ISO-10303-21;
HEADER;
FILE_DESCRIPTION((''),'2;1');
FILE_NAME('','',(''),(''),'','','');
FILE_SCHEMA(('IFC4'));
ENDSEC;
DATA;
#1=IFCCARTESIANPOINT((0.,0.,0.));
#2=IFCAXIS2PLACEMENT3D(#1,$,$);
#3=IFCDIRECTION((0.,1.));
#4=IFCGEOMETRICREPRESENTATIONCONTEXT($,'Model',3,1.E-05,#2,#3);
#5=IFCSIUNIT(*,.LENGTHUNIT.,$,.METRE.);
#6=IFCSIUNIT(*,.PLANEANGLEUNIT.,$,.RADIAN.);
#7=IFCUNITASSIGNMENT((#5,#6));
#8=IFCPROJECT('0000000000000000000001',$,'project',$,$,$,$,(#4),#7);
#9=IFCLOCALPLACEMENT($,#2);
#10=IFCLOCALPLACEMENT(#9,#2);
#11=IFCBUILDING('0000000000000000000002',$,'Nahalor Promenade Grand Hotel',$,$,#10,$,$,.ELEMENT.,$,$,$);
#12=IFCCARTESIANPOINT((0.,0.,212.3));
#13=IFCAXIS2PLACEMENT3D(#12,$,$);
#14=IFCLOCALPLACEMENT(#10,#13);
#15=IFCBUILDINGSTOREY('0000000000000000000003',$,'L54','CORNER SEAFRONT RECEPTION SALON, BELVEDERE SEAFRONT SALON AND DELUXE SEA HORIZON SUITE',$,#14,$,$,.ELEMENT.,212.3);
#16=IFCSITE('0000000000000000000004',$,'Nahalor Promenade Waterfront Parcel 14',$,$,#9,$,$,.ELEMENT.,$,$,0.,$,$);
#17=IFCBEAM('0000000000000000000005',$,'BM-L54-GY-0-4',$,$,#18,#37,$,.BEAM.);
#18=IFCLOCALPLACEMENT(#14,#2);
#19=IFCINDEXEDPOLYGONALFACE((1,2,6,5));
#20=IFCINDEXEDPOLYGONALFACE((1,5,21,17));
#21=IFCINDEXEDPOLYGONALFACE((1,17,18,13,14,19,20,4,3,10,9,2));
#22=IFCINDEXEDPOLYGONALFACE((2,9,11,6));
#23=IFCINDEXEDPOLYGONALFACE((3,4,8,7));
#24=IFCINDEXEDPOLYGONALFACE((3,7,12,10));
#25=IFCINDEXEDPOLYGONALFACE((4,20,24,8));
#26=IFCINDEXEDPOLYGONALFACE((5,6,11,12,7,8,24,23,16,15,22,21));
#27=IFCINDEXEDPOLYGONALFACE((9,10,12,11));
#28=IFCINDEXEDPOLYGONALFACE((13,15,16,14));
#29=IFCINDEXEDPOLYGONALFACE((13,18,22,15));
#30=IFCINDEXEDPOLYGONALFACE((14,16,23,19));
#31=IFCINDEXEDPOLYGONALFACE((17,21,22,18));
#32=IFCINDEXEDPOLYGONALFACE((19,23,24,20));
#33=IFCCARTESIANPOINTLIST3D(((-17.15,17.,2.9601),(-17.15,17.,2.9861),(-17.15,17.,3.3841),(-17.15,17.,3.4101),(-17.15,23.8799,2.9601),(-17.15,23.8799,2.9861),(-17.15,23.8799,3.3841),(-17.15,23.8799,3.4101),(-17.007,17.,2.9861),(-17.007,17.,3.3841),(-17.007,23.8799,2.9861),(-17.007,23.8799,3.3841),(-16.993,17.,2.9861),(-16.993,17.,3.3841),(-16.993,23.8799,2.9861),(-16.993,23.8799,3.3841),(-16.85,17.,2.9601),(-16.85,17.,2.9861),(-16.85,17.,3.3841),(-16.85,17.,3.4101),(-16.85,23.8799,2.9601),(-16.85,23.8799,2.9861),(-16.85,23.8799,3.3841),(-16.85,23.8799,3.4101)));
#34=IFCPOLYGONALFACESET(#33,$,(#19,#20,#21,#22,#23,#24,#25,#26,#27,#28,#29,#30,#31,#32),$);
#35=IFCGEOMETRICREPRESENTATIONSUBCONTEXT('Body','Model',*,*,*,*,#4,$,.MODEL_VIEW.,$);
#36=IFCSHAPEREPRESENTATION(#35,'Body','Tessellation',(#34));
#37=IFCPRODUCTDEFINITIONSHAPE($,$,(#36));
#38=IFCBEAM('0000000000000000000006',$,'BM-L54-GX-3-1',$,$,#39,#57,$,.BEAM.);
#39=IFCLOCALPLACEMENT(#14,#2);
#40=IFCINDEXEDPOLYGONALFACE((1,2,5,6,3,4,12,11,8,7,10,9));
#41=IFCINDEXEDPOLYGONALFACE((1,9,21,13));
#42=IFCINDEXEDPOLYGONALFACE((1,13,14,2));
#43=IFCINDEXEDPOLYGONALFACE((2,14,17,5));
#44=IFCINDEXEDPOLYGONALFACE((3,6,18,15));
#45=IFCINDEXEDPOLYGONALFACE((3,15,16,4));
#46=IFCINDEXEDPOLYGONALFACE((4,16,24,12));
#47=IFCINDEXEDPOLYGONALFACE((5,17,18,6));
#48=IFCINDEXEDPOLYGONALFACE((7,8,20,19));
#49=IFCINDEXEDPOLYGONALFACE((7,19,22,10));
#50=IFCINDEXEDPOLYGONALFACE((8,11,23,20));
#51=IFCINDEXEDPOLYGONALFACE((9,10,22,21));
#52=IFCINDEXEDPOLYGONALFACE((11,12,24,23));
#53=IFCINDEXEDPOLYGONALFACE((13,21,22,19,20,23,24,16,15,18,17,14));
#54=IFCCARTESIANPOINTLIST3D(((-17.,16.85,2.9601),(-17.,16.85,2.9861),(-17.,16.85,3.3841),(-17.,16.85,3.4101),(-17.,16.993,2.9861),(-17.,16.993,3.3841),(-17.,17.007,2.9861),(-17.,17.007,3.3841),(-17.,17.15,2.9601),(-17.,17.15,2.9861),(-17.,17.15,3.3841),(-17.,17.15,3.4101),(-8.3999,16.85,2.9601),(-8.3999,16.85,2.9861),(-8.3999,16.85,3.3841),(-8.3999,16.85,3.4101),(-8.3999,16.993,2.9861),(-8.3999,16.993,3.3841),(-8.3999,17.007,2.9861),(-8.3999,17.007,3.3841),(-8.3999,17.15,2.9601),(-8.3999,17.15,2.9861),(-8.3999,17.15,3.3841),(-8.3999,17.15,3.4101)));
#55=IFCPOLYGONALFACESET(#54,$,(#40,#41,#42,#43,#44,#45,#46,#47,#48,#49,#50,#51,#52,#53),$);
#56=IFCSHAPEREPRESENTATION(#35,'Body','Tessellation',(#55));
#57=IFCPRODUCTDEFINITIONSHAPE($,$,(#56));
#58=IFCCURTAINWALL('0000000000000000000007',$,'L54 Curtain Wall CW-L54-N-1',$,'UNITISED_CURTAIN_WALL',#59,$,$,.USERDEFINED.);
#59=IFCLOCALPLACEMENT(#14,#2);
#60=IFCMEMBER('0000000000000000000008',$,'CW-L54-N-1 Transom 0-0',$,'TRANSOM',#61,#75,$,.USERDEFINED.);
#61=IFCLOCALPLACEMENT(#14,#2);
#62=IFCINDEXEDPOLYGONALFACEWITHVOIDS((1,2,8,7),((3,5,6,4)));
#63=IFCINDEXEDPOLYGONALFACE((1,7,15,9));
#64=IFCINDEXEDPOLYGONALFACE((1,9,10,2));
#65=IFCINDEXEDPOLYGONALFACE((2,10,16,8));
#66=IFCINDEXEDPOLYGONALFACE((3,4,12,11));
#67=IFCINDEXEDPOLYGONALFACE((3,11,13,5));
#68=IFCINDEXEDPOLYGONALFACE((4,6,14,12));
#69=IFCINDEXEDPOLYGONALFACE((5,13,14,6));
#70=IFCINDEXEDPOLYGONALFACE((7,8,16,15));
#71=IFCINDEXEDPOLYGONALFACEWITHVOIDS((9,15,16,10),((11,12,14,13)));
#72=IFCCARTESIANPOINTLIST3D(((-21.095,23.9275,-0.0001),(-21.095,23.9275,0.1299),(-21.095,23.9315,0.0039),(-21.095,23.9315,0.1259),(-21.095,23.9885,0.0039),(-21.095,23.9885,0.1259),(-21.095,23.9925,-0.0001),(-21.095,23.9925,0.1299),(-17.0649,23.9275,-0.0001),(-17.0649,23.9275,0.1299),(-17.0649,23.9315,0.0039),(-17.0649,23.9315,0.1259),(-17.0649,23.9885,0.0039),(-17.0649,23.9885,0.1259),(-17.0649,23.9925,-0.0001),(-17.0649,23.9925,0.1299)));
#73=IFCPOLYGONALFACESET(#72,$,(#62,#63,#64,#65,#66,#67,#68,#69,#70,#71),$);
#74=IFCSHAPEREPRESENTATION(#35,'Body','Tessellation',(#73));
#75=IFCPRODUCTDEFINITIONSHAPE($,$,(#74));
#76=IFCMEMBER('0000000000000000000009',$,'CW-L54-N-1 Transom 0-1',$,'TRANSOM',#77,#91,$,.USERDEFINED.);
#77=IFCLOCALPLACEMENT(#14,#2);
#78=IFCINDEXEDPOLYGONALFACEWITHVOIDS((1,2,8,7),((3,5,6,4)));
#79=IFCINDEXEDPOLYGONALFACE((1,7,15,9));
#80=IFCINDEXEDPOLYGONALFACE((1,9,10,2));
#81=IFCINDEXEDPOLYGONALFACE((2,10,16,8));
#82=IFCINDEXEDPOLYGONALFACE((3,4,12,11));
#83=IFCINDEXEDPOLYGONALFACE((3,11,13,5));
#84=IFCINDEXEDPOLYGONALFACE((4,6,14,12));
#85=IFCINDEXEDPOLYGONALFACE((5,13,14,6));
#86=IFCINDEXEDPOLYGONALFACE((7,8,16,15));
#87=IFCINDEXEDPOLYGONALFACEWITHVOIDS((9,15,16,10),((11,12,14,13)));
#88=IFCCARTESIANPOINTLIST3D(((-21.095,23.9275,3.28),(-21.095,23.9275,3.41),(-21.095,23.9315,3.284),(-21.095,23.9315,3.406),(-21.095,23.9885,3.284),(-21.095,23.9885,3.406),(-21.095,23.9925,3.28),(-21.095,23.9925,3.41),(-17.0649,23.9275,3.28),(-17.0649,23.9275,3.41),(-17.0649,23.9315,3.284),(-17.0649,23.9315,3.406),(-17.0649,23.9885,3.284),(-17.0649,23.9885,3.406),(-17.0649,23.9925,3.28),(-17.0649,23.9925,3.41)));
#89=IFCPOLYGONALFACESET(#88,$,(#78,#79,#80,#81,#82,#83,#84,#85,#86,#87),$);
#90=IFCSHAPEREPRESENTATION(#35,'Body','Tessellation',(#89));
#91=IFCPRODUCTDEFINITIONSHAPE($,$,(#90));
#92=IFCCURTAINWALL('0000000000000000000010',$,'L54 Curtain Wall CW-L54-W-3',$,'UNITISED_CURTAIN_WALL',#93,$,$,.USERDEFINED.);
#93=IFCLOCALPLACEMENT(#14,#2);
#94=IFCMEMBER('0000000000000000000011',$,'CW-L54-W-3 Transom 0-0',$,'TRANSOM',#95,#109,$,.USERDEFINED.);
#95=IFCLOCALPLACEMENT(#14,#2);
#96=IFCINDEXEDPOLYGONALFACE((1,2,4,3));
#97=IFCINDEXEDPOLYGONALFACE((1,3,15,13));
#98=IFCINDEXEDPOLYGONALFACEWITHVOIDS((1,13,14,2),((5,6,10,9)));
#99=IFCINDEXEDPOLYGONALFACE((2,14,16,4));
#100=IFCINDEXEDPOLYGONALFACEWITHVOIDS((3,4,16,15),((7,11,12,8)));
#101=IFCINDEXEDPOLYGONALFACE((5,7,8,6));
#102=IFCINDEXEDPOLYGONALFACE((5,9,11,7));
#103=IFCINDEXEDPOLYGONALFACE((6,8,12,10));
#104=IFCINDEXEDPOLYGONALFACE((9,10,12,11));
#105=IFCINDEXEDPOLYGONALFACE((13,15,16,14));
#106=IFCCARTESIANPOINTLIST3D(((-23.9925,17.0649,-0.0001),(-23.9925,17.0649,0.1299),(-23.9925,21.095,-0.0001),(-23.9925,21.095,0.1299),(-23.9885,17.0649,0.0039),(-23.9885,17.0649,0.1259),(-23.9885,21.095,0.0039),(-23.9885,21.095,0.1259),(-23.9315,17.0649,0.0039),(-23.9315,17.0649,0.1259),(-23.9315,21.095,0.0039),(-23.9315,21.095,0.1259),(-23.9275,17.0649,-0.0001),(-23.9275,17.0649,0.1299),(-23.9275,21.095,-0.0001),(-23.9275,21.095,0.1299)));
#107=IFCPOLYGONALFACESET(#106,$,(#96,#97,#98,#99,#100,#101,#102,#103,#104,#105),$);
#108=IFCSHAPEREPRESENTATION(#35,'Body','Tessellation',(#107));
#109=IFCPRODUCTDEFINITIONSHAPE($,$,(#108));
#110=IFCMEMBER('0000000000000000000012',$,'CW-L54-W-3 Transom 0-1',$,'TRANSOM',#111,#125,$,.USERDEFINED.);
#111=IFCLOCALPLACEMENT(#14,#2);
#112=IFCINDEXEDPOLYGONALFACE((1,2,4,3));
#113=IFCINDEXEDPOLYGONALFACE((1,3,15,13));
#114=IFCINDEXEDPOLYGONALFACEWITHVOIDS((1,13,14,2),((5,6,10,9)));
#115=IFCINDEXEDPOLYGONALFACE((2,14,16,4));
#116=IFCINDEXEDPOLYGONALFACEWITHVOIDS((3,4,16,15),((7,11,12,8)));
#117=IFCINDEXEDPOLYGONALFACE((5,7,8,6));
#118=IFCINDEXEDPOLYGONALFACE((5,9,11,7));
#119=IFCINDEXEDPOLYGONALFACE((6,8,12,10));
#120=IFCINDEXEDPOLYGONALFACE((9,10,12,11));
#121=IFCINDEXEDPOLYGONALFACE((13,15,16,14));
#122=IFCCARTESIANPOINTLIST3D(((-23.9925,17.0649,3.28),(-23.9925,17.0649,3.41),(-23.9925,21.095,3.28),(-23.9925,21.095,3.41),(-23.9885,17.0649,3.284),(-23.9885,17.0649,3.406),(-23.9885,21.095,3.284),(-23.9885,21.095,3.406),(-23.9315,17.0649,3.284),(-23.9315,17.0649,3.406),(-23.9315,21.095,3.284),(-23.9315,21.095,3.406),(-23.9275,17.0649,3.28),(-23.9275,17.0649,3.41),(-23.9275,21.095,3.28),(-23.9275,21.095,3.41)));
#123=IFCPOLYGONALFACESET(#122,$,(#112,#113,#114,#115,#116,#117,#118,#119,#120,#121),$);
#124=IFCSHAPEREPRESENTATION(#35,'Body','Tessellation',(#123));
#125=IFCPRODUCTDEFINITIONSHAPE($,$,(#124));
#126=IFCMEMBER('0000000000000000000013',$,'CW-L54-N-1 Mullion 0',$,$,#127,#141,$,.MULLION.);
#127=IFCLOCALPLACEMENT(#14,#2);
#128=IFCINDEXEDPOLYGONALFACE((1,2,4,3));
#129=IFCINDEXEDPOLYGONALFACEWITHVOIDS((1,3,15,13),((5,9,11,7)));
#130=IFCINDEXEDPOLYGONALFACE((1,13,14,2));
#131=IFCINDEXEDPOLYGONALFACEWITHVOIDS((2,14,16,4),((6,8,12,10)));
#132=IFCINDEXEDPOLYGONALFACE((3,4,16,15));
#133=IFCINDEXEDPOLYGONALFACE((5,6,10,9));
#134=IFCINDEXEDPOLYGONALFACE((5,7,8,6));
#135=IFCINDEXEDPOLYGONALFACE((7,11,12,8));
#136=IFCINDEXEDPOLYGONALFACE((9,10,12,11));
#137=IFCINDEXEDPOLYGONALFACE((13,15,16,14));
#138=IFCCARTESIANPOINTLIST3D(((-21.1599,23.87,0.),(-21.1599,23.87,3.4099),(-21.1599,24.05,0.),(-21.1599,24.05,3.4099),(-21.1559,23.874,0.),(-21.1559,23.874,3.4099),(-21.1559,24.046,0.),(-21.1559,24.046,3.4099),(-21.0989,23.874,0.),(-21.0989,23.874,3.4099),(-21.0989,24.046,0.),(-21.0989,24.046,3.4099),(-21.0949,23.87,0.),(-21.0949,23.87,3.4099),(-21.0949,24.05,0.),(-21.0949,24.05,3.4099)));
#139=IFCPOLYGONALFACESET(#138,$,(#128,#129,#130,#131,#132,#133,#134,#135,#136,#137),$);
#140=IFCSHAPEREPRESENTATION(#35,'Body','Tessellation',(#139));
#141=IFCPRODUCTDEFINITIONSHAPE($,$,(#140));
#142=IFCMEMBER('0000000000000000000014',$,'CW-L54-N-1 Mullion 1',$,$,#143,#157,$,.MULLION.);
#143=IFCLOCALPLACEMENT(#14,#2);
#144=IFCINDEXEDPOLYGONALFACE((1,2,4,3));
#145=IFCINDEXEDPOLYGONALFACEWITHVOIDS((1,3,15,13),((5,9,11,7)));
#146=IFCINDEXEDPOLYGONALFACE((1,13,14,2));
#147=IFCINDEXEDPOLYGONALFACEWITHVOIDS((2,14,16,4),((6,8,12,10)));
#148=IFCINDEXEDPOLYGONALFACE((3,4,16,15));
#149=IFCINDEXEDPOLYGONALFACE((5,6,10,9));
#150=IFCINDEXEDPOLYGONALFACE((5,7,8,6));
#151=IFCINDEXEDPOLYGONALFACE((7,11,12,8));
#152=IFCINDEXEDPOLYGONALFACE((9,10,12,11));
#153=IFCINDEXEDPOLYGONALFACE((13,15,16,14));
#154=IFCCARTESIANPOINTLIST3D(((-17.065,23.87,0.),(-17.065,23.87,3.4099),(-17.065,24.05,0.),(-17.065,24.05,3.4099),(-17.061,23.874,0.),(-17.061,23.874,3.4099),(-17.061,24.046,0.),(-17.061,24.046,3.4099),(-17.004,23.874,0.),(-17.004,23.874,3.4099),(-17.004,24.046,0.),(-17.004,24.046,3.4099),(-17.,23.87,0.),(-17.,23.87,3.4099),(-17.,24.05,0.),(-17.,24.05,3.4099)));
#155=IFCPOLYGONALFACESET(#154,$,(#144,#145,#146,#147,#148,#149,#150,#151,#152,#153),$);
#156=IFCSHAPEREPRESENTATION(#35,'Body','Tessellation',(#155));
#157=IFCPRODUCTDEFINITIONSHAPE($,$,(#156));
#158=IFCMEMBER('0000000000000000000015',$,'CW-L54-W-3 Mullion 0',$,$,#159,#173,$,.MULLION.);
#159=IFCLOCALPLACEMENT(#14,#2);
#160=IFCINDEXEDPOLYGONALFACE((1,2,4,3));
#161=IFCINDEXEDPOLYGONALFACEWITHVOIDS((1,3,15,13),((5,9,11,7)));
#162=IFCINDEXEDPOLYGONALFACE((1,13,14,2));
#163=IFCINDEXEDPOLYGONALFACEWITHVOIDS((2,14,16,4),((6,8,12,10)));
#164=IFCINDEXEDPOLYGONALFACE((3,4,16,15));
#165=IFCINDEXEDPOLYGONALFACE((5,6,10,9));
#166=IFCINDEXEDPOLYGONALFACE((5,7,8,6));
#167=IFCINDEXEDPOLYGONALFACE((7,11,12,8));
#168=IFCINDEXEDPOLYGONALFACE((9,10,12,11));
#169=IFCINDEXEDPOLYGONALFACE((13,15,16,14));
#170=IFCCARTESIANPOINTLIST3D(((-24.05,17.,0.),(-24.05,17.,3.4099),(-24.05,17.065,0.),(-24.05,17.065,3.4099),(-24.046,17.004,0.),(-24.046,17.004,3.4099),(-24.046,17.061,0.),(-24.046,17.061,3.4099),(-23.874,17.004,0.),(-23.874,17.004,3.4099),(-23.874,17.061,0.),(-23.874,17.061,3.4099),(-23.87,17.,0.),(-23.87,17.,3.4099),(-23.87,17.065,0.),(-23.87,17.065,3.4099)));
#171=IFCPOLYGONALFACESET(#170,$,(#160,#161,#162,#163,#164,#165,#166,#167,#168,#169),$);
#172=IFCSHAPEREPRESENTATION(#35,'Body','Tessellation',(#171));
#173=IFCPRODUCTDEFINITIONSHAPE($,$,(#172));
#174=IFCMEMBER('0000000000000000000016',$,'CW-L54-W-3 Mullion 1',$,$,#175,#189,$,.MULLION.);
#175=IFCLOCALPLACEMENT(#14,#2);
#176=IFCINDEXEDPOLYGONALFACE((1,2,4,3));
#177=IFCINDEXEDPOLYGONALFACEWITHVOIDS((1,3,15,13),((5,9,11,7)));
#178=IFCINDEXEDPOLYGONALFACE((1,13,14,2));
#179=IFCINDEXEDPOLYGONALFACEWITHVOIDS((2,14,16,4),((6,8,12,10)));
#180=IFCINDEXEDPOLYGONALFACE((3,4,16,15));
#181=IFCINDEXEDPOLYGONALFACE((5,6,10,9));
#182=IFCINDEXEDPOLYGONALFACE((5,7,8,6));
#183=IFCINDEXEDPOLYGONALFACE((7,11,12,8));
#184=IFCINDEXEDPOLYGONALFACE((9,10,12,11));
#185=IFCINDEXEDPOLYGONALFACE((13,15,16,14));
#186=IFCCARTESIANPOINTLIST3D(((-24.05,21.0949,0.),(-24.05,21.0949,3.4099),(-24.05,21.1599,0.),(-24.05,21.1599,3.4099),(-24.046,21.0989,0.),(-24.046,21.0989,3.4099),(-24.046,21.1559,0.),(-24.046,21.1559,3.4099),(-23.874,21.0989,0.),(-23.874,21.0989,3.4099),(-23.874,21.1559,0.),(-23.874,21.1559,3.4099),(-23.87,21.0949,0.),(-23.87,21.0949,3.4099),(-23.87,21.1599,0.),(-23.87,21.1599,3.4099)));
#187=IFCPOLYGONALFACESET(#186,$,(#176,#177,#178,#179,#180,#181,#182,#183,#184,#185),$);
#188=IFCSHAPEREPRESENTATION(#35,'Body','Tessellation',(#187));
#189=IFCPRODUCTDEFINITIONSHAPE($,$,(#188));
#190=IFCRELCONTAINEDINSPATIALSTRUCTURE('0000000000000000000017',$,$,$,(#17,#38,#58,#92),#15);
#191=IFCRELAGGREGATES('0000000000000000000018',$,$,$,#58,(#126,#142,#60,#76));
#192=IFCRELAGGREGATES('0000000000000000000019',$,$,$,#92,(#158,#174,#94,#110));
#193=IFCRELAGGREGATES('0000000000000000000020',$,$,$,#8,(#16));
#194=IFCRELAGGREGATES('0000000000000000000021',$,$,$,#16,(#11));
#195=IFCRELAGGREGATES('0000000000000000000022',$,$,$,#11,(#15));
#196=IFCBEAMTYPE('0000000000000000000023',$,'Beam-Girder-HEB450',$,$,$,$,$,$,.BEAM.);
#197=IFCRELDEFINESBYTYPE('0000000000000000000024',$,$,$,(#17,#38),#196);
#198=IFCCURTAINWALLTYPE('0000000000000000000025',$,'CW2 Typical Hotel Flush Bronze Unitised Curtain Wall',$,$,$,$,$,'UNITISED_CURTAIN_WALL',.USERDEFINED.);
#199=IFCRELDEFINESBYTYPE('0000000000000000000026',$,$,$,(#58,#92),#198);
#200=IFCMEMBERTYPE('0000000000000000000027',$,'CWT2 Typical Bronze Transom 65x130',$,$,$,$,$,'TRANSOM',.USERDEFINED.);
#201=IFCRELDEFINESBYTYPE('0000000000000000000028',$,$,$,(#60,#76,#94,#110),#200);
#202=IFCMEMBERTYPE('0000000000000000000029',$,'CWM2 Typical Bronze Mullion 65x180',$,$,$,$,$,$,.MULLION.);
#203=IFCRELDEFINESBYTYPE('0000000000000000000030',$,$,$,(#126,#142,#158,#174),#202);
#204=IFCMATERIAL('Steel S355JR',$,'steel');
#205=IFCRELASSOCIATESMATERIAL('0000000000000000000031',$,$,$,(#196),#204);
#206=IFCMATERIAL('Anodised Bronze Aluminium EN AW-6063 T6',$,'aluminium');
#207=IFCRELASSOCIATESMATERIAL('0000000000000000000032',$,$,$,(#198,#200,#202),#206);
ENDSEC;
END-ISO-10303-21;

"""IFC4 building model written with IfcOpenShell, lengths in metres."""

from ifc_helpers import new_model, si_unit, direction, frame, origin, origin_2d, place, context, subcontext, project, spatial, hollow_rectangle, i_section, extrude, source, transform, mapped, material, material_profile, profile_set, type_object, element, aggregate, save


model = new_model("IFC4")

# Units and contexts
model_context = context("Model", 3, precision=1e-05, world=origin(), true_north=direction((0.0, 1.0)))
body_context = subcontext(model_context, "Body", "Model", "MODEL_VIEW")
ifc_project = project(units=[si_unit("LENGTHUNIT", "METRE"), si_unit("PLANEANGLEUNIT", "RADIAN")], contexts=[model_context])

# Site, building, storey
site_placement = place(None, origin())
site = spatial("IfcSite", under=ifc_project, at=site_placement, Name="Nahalor Promenade Waterfront Parcel 14", CompositionType="ELEMENT", RefElevation=0.0)
building_placement = place(site_placement, origin())
building = spatial("IfcBuilding", under=site, at=building_placement, Name="Nahalor Promenade Grand Hotel", CompositionType="ELEMENT")
storey_placement = place(building_placement, frame((0.0, 0.0, 212.3)))
storey = spatial("IfcBuildingStorey", under=building, at=storey_placement, Name="L54", Description="CORNER SEAFRONT RECEPTION SALON, BELVEDERE SEAFRONT SALON AND DELUXE SEA HORIZON SUITE", CompositionType="ELEMENT", Elevation=212.3)

# Shared definitions
ifc_material_1 = material(Name="Steel S355JR", Category="steel")

# Beams
ifc_material_profile_1 = material_profile(ifc_material_1, i_section(OverallWidth=0.3, OverallDepth=0.45, WebThickness=0.014, FlangeThickness=0.026, at=origin_2d()), Name="HEB 450")
ifc_profile_set_1 = profile_set([ifc_material_profile_1], Name="Steel S355JR")
beam_type_1 = type_object("IfcBeamType", Name="Beam-Girder-HEB450", PredefinedType="BEAM", material=ifc_profile_set_1)
shared_shape_1 = source(origin(), body_context, "Body", "SweptSolid", [
    extrude(i_section(OverallWidth=0.3, OverallDepth=0.45, WebThickness=0.014, FlangeThickness=0.026, at=origin_2d()), origin(), (0.0, 0.0, 1.0), 6.8799),
])
beam_1_placement = place(storey_placement, frame((-17.0, 17.0, 3.1851), z_axis=(0.0, 1.0, 0.0), x_axis=(-1.0, 0.0, 0.0)))
element("IfcBeam", 1, at=beam_1_placement, inside=storey, type_object=beam_type_1, Name="BM-L54-GY-0-4", PredefinedType="BEAM", context=body_context, shape_type="MappedRepresentation", body=[
    mapped(shared_shape_1, transform((0.0, 0.0, 0.0), scale=1.0)),
])
shared_shape_2 = source(origin(), body_context, "Body", "SweptSolid", [
    extrude(i_section(OverallWidth=0.3, OverallDepth=0.45, WebThickness=0.014, FlangeThickness=0.026, at=origin_2d()), origin(), (0.0, 0.0, 1.0), 8.6001),
])
beam_2_placement = place(storey_placement, frame((-17.0, 17.0, 3.1851), z_axis=(1.0, 0.0, 0.0), x_axis=(0.0, 1.0, 0.0)))
element("IfcBeam", 2, at=beam_2_placement, inside=storey, type_object=beam_type_1, Name="BM-L54-GX-3-1", PredefinedType="BEAM", context=body_context, shape_type="MappedRepresentation", body=[
    mapped(shared_shape_2, transform((0.0, 0.0, 0.0), scale=1.0)),
])

# Curtain walls, members
ifc_material_2 = material(Name="Anodised Bronze Aluminium EN AW-6063 T6", Category="aluminium")
curtain_wall_type = type_object("IfcCurtainWallType", Name="CW2 Typical Hotel Flush Bronze Unitised Curtain Wall", ElementType="UNITISED_CURTAIN_WALL", PredefinedType="USERDEFINED", material=ifc_material_2)
curtain_wall_1_placement = place(storey_placement, origin())
curtain_wall_1 = element("IfcCurtainWall", 3, at=curtain_wall_1_placement, inside=storey, type_object=curtain_wall_type, Name="L54 Curtain Wall CW-L54-N-1", ObjectType="UNITISED_CURTAIN_WALL", PredefinedType="USERDEFINED")
ifc_material_profile_2 = material_profile(ifc_material_2, hollow_rectangle(XDim=0.065, YDim=0.13, WallThickness=0.004, at=origin_2d()), Name="CWT 65x130x4")
ifc_profile_set_2 = profile_set([ifc_material_profile_2], Name="Anodised Bronze Aluminium EN AW-6063 T6")
member_type_1 = type_object("IfcMemberType", Name="CWT2 Typical Bronze Transom 65x130", ElementType="TRANSOM", PredefinedType="USERDEFINED", material=ifc_profile_set_2)
shared_shape_3 = source(origin(), body_context, "Body", "SweptSolid", [
    extrude(hollow_rectangle(XDim=0.065, YDim=0.13, WallThickness=0.004, at=origin_2d()), origin(), (0.0, 0.0, 1.0), 4.03),
])
member_1_placement = place(storey_placement, frame((-21.095, 23.96, 0.0649), z_axis=(1.0, 0.0, 0.0), x_axis=(0.0, 1.0, 0.0)))
member_1 = element("IfcMember", 4, at=member_1_placement, type_object=member_type_1, Name="CW-L54-N-1 Transom 0-0", ObjectType="TRANSOM", PredefinedType="USERDEFINED", context=body_context, shape_type="MappedRepresentation", body=[
    mapped(shared_shape_3, transform((0.0, 0.0, 0.0), scale=1.0)),
])
member_2_placement = place(storey_placement, frame((-21.095, 23.96, 3.345), z_axis=(1.0, 0.0, 0.0), x_axis=(0.0, 1.0, 0.0)))
member_2 = element("IfcMember", 5, at=member_2_placement, type_object=member_type_1, Name="CW-L54-N-1 Transom 0-1", ObjectType="TRANSOM", PredefinedType="USERDEFINED", context=body_context, shape_type="MappedRepresentation", body=[
    mapped(shared_shape_3, transform((0.0, 0.0, 0.0), scale=1.0)),
])
curtain_wall_2_placement = place(storey_placement, origin())
curtain_wall_2 = element("IfcCurtainWall", 6, at=curtain_wall_2_placement, inside=storey, type_object=curtain_wall_type, Name="L54 Curtain Wall CW-L54-W-3", ObjectType="UNITISED_CURTAIN_WALL", PredefinedType="USERDEFINED")
member_3_placement = place(storey_placement, frame((-23.96, 17.0649, 0.0649), z_axis=(0.0, 1.0, 0.0), x_axis=(-1.0, 0.0, 0.0)))
member_3 = element("IfcMember", 7, at=member_3_placement, type_object=member_type_1, Name="CW-L54-W-3 Transom 0-0", ObjectType="TRANSOM", PredefinedType="USERDEFINED", context=body_context, shape_type="MappedRepresentation", body=[
    mapped(shared_shape_3, transform((0.0, 0.0, 0.0), scale=1.0)),
])
member_4_placement = place(storey_placement, frame((-23.96, 17.0649, 3.345), z_axis=(0.0, 1.0, 0.0), x_axis=(-1.0, 0.0, 0.0)))
member_4 = element("IfcMember", 8, at=member_4_placement, type_object=member_type_1, Name="CW-L54-W-3 Transom 0-1", ObjectType="TRANSOM", PredefinedType="USERDEFINED", context=body_context, shape_type="MappedRepresentation", body=[
    mapped(shared_shape_3, transform((0.0, 0.0, 0.0), scale=1.0)),
])

# Members
ifc_material_profile_3 = material_profile(ifc_material_2, hollow_rectangle(XDim=0.065, YDim=0.18, WallThickness=0.004, at=origin_2d()), Name="CWM 65x180x4")
ifc_profile_set_3 = profile_set([ifc_material_profile_3], Name="Anodised Bronze Aluminium EN AW-6063 T6")
member_type_2 = type_object("IfcMemberType", Name="CWM2 Typical Bronze Mullion 65x180", PredefinedType="MULLION", material=ifc_profile_set_3)
shared_shape_4 = source(origin(), body_context, "Body", "SweptSolid", [
    extrude(hollow_rectangle(XDim=0.065, YDim=0.18, WallThickness=0.004, at=origin_2d()), origin(), (0.0, 0.0, 1.0), 3.4099),
])
member_5_placement = place(storey_placement, frame((-21.1274, 23.96, 0.0), z_axis=(0.0, 0.0, 1.0), x_axis=(1.0, 0.0, 0.0)))
member_5 = element("IfcMember", 9, at=member_5_placement, type_object=member_type_2, Name="CW-L54-N-1 Mullion 0", PredefinedType="MULLION", context=body_context, shape_type="MappedRepresentation", body=[
    mapped(shared_shape_4, transform((0.0, 0.0, 0.0), scale=1.0)),
])
member_6_placement = place(storey_placement, frame((-17.0325, 23.96, 0.0), z_axis=(0.0, 0.0, 1.0), x_axis=(1.0, 0.0, 0.0)))
member_6 = element("IfcMember", 10, at=member_6_placement, type_object=member_type_2, Name="CW-L54-N-1 Mullion 1", PredefinedType="MULLION", context=body_context, shape_type="MappedRepresentation", body=[
    mapped(shared_shape_4, transform((0.0, 0.0, 0.0), scale=1.0)),
])
member_7_placement = place(storey_placement, frame((-23.96, 17.0325, 0.0), z_axis=(0.0, 0.0, 1.0), x_axis=(0.0, 1.0, 0.0)))
member_7 = element("IfcMember", 11, at=member_7_placement, type_object=member_type_2, Name="CW-L54-W-3 Mullion 0", PredefinedType="MULLION", context=body_context, shape_type="MappedRepresentation", body=[
    mapped(shared_shape_4, transform((0.0, 0.0, 0.0), scale=1.0)),
])
member_8_placement = place(storey_placement, frame((-23.96, 21.1274, 0.0), z_axis=(0.0, 0.0, 1.0), x_axis=(0.0, 1.0, 0.0)))
member_8 = element("IfcMember", 12, at=member_8_placement, type_object=member_type_2, Name="CW-L54-W-3 Mullion 1", PredefinedType="MULLION", context=body_context, shape_type="MappedRepresentation", body=[
    mapped(shared_shape_4, transform((0.0, 0.0, 0.0), scale=1.0)),
])

aggregate(curtain_wall_1, [member_5, member_6, member_1, member_2])
aggregate(curtain_wall_2, [member_7, member_8, member_3, member_4])

save(model, "model.ifc")
